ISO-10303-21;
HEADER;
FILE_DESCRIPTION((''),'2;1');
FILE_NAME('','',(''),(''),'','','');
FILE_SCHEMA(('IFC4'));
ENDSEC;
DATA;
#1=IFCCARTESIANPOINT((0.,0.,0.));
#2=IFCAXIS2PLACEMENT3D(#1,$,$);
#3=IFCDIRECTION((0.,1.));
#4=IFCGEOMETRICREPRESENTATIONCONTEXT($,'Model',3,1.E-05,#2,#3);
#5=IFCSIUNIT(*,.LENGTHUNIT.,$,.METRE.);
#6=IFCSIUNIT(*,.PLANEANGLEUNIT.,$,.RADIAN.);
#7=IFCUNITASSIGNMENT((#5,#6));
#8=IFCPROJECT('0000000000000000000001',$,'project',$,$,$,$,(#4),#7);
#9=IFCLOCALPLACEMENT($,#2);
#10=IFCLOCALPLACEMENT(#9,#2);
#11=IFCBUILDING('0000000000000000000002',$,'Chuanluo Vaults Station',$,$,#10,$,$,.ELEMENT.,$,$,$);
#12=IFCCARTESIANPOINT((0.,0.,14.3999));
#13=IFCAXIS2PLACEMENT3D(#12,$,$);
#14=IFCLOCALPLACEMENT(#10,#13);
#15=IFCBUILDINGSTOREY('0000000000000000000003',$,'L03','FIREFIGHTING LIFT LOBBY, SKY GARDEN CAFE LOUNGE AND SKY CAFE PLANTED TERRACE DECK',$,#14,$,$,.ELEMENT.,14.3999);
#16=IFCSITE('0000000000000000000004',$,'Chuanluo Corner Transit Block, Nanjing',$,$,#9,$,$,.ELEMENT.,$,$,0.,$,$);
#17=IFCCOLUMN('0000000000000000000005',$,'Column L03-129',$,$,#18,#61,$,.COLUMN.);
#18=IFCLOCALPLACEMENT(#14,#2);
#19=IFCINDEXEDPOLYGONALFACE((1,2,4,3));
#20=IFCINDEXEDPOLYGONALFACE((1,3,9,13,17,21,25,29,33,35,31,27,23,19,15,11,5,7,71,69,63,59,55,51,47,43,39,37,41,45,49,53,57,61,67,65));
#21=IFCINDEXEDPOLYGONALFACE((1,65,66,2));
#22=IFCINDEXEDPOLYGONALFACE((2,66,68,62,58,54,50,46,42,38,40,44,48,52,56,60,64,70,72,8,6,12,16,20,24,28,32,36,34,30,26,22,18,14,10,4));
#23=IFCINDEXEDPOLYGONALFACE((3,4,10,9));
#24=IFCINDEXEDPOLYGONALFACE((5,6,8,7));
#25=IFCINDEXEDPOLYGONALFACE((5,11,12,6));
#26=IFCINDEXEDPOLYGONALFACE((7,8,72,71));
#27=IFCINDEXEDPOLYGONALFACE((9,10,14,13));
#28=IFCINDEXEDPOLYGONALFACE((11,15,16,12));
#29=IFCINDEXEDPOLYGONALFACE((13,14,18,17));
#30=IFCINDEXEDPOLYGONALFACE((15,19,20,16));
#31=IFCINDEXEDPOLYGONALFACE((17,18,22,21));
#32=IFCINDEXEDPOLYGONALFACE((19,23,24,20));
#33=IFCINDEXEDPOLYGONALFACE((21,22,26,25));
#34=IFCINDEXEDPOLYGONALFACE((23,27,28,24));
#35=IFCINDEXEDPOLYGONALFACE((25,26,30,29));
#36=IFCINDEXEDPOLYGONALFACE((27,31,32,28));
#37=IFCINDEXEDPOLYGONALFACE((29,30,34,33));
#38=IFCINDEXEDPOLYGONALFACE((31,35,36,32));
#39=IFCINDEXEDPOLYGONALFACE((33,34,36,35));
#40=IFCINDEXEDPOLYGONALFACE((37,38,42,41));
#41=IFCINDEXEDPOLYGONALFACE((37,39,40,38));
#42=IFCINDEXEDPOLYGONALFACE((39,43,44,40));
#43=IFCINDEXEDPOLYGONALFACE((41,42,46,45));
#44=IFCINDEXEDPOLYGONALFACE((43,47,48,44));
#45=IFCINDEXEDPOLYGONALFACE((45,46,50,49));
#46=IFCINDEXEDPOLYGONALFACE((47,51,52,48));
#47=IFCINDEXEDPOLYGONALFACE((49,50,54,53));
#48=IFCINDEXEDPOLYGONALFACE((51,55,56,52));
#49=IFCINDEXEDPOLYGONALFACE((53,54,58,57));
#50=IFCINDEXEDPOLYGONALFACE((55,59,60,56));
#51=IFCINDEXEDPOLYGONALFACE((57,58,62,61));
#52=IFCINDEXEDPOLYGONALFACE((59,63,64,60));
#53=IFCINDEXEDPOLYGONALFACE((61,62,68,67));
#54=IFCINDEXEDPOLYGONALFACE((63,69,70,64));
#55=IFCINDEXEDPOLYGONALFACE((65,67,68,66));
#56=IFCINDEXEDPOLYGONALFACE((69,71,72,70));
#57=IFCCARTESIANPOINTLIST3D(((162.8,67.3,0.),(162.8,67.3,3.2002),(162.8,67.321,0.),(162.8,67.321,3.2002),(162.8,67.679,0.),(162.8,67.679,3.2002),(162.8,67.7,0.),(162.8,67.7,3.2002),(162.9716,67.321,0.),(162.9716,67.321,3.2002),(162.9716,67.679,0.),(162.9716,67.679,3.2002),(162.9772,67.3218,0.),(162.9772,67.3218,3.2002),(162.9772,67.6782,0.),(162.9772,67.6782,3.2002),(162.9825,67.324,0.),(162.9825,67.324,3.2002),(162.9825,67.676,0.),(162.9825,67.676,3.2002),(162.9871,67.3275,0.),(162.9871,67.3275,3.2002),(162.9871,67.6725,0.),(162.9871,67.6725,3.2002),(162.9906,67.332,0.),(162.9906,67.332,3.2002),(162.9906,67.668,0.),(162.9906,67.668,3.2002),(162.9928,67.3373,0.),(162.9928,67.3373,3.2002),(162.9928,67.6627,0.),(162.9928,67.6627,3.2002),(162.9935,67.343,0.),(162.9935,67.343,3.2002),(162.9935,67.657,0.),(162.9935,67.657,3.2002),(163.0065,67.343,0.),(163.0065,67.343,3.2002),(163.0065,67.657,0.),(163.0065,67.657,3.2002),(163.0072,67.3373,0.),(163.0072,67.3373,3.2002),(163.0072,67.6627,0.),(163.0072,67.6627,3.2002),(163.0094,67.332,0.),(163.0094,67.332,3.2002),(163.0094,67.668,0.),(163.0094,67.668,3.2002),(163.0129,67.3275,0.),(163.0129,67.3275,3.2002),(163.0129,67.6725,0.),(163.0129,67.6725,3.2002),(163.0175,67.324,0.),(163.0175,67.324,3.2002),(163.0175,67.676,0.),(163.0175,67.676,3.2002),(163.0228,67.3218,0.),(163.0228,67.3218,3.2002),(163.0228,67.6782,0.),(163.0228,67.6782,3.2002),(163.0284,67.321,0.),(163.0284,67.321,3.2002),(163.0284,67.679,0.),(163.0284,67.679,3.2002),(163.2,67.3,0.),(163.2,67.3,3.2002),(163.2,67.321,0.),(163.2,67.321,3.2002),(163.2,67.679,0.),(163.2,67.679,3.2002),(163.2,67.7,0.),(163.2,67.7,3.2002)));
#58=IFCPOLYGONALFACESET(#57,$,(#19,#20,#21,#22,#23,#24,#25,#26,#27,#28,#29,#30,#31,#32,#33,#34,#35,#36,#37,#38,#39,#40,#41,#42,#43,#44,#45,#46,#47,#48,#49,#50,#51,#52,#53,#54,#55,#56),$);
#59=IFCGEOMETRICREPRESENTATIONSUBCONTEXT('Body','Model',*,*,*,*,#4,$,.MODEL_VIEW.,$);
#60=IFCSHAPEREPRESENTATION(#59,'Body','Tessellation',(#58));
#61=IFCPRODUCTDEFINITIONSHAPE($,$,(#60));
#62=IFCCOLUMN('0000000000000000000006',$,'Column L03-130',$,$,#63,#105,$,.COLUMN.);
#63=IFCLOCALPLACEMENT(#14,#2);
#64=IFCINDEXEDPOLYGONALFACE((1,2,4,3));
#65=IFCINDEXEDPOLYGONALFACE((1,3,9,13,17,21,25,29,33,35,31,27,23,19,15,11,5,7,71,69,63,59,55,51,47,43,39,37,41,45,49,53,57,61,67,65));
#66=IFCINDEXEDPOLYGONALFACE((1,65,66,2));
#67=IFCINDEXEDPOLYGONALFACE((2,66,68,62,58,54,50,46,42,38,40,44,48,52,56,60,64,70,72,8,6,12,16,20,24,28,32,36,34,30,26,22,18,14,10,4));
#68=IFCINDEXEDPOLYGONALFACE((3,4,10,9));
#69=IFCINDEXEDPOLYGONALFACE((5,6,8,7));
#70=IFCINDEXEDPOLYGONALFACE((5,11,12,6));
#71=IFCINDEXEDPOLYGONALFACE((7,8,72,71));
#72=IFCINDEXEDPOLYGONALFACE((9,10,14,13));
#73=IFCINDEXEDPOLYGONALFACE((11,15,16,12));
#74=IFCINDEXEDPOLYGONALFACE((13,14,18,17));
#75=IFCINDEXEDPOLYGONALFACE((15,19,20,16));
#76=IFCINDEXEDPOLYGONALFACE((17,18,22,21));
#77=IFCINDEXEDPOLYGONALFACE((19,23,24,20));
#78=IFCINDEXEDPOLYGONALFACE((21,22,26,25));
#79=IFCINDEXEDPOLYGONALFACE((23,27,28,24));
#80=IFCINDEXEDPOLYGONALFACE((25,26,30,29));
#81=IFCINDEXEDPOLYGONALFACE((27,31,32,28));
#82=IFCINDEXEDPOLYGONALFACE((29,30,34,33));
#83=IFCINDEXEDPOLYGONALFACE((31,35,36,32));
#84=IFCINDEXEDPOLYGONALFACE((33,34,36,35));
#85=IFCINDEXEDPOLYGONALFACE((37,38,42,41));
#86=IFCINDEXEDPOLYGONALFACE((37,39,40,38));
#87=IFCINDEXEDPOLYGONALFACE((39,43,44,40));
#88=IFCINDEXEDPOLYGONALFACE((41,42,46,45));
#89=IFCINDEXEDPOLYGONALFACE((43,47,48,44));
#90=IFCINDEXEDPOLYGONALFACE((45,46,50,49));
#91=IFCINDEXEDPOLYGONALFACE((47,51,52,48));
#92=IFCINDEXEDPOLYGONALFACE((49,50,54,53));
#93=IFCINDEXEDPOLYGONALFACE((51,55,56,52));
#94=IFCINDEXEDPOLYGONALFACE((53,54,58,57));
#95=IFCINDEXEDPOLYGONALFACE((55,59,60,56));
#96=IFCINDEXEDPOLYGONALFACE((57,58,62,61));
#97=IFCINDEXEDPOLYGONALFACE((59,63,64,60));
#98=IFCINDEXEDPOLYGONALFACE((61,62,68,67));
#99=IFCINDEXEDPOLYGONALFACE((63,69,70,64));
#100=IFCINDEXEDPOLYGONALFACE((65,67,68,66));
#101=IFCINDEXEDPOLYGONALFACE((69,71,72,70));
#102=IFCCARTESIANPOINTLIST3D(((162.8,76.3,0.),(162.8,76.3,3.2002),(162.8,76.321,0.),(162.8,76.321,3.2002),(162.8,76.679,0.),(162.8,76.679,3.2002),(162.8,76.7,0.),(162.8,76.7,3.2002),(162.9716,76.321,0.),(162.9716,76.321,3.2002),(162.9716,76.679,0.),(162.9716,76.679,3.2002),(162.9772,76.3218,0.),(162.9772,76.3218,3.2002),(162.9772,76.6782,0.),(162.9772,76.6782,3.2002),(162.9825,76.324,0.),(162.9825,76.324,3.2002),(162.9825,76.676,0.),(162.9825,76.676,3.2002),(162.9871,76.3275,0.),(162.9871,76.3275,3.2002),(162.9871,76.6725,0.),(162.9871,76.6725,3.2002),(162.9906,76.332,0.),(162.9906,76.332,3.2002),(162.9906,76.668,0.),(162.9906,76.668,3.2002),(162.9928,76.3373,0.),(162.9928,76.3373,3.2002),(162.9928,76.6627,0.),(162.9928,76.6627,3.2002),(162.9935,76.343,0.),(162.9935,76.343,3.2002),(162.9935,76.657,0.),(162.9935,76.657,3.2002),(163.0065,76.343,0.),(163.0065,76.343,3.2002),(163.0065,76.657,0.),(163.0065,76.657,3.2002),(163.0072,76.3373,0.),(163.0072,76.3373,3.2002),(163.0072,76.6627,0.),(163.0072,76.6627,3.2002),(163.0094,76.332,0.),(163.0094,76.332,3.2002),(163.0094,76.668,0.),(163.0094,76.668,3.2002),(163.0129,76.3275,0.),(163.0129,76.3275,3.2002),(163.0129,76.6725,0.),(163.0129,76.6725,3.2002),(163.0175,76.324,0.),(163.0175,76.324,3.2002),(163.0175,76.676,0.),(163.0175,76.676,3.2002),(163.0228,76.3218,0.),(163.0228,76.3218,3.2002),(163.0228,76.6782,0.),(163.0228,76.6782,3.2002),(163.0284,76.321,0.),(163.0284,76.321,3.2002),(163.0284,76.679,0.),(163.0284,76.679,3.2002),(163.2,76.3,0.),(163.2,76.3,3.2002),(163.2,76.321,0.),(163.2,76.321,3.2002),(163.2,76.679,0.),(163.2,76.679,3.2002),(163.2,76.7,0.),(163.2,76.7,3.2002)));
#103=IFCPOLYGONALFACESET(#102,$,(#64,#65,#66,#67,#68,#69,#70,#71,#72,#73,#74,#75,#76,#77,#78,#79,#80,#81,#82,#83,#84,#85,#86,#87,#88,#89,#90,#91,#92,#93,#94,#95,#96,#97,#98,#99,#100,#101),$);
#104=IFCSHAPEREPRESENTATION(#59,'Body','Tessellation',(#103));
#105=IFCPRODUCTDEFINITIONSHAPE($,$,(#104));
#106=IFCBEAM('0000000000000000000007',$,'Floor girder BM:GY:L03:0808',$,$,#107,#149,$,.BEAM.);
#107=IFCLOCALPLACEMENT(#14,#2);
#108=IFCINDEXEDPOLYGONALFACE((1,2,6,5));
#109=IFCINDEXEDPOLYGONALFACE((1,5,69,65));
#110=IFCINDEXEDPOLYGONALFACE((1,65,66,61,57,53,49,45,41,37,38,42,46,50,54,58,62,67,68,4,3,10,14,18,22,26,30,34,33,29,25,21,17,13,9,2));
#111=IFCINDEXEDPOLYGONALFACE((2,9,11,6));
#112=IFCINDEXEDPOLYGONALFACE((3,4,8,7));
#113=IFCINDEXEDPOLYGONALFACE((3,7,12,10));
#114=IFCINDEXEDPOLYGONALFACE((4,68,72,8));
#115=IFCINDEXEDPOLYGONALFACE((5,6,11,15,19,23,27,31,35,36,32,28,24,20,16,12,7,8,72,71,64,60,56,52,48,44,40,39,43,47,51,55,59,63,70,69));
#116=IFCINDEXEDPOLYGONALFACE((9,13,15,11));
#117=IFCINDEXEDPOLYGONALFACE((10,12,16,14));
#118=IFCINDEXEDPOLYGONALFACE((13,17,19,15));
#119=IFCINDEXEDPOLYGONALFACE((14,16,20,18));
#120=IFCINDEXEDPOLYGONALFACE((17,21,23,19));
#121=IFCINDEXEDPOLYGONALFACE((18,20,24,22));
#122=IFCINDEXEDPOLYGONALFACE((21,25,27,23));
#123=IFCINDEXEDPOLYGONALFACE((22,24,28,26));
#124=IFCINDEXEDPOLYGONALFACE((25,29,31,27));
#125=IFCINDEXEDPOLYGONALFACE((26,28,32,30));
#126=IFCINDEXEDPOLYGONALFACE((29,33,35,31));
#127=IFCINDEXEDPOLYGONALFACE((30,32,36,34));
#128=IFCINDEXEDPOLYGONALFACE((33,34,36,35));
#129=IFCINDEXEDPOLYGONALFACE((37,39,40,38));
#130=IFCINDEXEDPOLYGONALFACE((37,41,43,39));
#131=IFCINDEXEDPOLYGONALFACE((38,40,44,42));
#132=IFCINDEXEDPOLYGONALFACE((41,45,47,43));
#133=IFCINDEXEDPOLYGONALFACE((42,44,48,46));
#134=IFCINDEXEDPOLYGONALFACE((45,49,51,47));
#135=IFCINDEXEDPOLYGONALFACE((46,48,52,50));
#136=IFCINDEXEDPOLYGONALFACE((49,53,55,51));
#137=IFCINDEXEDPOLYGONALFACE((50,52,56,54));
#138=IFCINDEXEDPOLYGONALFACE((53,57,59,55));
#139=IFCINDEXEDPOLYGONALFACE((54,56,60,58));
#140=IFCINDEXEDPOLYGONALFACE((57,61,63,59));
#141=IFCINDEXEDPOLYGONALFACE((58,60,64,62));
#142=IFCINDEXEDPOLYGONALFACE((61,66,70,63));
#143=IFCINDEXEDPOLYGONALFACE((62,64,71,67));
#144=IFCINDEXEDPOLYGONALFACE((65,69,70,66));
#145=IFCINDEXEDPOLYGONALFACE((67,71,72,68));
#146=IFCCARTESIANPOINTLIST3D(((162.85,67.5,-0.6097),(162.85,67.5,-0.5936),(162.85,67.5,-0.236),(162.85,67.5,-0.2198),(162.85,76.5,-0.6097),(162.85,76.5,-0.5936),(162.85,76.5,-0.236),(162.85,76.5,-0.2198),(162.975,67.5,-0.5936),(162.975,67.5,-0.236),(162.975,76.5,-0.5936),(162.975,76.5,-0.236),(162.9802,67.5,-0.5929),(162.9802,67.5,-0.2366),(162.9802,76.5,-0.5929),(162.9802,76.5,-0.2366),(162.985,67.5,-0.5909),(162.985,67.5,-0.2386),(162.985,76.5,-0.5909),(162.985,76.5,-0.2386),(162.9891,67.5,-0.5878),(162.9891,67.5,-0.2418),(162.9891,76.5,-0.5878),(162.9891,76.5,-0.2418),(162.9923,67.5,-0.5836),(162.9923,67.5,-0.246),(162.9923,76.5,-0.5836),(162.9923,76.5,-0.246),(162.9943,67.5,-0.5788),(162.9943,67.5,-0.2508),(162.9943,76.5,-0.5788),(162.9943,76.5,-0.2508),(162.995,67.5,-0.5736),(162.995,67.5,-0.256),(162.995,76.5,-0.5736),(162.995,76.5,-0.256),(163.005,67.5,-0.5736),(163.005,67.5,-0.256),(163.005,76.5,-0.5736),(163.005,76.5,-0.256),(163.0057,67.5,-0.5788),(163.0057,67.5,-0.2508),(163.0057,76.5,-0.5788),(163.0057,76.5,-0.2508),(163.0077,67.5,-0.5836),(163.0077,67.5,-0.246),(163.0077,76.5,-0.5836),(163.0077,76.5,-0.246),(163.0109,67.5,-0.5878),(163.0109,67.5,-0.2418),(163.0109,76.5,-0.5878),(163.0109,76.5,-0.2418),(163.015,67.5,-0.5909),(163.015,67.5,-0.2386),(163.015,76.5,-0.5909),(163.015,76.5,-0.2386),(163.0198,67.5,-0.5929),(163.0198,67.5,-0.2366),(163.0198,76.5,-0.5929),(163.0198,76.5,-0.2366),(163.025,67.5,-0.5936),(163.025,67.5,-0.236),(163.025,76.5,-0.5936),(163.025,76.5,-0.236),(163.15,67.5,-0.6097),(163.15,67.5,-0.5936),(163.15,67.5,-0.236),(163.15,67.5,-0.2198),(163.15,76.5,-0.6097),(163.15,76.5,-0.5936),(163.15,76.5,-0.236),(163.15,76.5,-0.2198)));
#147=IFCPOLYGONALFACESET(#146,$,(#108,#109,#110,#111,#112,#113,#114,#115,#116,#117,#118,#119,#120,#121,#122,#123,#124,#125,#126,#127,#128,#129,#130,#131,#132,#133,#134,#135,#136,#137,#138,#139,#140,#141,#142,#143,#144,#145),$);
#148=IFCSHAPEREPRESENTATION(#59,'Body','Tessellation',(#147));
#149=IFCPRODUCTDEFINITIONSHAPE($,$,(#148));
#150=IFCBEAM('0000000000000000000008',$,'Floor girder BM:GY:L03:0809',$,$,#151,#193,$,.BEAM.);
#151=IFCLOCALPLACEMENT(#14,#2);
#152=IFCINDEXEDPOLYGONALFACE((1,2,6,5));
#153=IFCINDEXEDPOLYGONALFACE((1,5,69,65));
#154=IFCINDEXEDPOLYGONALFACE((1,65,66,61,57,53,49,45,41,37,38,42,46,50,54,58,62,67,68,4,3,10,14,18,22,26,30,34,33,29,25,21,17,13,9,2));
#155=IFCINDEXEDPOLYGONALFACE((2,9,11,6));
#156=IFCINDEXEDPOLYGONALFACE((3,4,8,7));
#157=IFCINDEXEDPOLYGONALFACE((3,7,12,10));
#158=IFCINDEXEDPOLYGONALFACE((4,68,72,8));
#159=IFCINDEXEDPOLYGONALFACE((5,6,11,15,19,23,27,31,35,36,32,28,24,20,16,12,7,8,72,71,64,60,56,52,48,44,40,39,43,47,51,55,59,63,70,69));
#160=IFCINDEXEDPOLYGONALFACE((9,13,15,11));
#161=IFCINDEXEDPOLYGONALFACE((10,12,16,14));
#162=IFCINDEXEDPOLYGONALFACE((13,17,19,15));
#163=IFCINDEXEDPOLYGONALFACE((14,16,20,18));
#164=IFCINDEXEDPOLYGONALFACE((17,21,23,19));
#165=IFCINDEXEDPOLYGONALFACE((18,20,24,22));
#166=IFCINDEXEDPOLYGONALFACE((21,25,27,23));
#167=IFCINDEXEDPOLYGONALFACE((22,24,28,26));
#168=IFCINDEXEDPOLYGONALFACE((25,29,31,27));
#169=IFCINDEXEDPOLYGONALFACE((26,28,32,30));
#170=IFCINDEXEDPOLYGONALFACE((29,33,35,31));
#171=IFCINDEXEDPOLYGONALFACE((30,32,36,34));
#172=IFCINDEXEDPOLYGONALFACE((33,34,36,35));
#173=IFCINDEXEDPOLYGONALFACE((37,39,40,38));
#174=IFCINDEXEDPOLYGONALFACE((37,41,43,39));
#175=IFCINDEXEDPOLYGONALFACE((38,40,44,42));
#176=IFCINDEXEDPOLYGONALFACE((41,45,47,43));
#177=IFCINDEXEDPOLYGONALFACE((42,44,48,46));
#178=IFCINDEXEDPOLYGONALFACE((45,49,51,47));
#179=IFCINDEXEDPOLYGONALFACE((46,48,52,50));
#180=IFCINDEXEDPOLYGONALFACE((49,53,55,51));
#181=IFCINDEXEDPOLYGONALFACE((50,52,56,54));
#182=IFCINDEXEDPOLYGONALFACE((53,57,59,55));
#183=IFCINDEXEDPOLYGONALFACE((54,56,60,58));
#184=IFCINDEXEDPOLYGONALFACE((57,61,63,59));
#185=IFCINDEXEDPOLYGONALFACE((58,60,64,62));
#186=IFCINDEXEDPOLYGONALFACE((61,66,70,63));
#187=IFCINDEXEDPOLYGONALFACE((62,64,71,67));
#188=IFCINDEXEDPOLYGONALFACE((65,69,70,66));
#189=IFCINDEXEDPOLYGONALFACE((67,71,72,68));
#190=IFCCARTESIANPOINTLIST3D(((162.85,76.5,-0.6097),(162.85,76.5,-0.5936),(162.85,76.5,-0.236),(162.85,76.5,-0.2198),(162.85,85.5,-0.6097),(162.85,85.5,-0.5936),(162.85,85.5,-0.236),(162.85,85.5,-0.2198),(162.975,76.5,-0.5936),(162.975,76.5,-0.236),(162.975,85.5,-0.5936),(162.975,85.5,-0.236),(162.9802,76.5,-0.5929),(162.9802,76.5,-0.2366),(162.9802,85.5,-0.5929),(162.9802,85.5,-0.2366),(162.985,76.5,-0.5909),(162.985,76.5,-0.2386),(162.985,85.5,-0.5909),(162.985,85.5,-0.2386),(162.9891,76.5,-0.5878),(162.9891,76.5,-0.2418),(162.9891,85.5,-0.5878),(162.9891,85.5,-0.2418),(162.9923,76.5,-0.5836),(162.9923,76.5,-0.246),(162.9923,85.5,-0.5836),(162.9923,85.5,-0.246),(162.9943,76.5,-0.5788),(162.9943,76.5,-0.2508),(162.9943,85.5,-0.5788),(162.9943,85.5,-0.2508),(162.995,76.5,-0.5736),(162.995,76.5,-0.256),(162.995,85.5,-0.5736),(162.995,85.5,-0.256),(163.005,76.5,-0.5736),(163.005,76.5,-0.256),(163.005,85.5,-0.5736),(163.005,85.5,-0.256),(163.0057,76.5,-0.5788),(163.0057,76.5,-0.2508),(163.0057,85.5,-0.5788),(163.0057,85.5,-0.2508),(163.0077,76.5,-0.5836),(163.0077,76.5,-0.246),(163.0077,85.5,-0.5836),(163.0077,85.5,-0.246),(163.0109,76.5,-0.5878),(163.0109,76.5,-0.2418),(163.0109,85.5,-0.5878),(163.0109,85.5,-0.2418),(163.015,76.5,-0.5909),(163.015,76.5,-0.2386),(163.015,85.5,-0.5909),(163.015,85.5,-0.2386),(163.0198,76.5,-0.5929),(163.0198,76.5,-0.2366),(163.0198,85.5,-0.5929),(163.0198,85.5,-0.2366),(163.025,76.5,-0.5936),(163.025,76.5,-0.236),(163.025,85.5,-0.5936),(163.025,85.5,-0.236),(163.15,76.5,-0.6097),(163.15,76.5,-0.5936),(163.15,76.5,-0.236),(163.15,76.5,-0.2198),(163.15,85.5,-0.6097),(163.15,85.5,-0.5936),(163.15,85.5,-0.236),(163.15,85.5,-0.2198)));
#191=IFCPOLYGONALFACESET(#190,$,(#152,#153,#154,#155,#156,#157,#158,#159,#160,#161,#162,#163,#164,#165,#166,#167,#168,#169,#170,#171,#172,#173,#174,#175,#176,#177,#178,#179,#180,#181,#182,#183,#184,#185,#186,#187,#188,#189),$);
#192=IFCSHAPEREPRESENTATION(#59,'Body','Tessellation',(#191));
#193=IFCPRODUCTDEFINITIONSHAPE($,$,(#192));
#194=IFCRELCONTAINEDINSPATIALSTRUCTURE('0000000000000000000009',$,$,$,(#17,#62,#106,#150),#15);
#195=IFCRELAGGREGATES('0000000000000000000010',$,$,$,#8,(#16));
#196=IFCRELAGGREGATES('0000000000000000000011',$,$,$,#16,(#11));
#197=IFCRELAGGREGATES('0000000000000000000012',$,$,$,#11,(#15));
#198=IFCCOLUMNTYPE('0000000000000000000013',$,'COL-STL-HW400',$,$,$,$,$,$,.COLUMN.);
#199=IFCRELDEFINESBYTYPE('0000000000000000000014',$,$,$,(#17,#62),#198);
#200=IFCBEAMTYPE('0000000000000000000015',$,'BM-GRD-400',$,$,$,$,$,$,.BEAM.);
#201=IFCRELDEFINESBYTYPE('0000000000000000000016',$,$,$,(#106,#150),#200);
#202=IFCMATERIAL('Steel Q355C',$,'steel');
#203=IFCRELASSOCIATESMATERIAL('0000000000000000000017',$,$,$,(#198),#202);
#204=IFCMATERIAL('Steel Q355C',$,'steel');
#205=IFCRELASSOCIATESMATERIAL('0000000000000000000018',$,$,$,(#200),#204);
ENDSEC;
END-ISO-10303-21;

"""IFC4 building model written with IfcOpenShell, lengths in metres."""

from ifc_helpers import new_model, si_unit, direction, frame, origin, origin_2d, place, context, subcontext, project, spatial, i_section, extrude, material, material_profile, profile_set, type_object, element, save


model = new_model("IFC4")

# Units and contexts
model_context = context("Model", 3, precision=1e-05, world=origin(), true_north=direction((0.0, 1.0)))
body_context = subcontext(model_context, "Body", "Model", "MODEL_VIEW")
ifc_project = project(units=[si_unit("LENGTHUNIT", "METRE"), si_unit("PLANEANGLEUNIT", "RADIAN")], contexts=[model_context])

# Site, building, storey
site_placement = place(None, origin())
site = spatial("IfcSite", under=ifc_project, at=site_placement, Name="Chuanluo Corner Transit Block, Nanjing", CompositionType="ELEMENT", RefElevation=0.0)
building_placement = place(site_placement, origin())
building = spatial("IfcBuilding", under=site, at=building_placement, Name="Chuanluo Vaults Station", CompositionType="ELEMENT")
storey_placement = place(building_placement, frame((0.0, 0.0, 14.3999)))
storey = spatial("IfcBuildingStorey", under=building, at=storey_placement, Name="L03", Description="FIREFIGHTING LIFT LOBBY, SKY GARDEN CAFE LOUNGE AND SKY CAFE PLANTED TERRACE DECK", CompositionType="ELEMENT", Elevation=14.3999)

# Columns
ifc_material_1 = material(Name="Steel Q355C", Category="steel")
ifc_material_profile_1 = material_profile(ifc_material_1, i_section(OverallWidth=0.3999, OverallDepth=0.3999, WebThickness=0.0129, FlangeThickness=0.021, FilletRadius=0.022, at=origin_2d()))
ifc_profile_set_1 = profile_set([ifc_material_profile_1], Name="Steel Q355C")
column_type = type_object("IfcColumnType", Name="COL-STL-HW400", PredefinedType="COLUMN", material=ifc_profile_set_1)
for number, where, z_axis, x_axis, name in (
    (1, (163.0, 67.5, 0.0), (0.0, 0.0, 1.0), (1.0, 0.0, 0.0), "Column L03-129"),
    (2, (163.0, 76.5, 0.0), (0.0, 0.0, 1.0), (1.0, 0.0, 0.0), "Column L03-130"),
):
    element("IfcColumn", number, at=place(storey_placement, frame(where, z_axis=z_axis, x_axis=x_axis)), inside=storey, type_object=column_type, Name=name, PredefinedType="COLUMN", context=body_context, shape_type="SweptSolid", body=[
        extrude(i_section(OverallWidth=0.3999, OverallDepth=0.3999, WebThickness=0.0129, FlangeThickness=0.021, FilletRadius=0.022, at=origin_2d()), origin(), (0.0, 0.0, 1.0), 3.2002),
    ])

# Beams
ifc_material_2 = material(Name="Steel Q355C", Category="steel")
ifc_material_profile_2 = material_profile(ifc_material_2, i_section(OverallWidth=0.3, OverallDepth=0.3899, WebThickness=0.01, FlangeThickness=0.0161, FilletRadius=0.02, at=origin_2d()))
ifc_profile_set_2 = profile_set([ifc_material_profile_2], Name="Steel Q355C")
beam_type_1 = type_object("IfcBeamType", Name="BM-GRD-400", PredefinedType="BEAM", material=ifc_profile_set_2)
for number, where, z_axis, x_axis, name in (
    (3, (163.0, 67.5, -0.4148), (0.0, 1.0, 0.0), (-1.0, 0.0, 0.0), "Floor girder BM:GY:L03:0808"),
    (4, (163.0, 76.5, -0.4148), (0.0, 1.0, 0.0), (-1.0, 0.0, 0.0), "Floor girder BM:GY:L03:0809"),
):
    element("IfcBeam", number, at=place(storey_placement, frame(where, z_axis=z_axis, x_axis=x_axis)), inside=storey, type_object=beam_type_1, Name=name, PredefinedType="BEAM", context=body_context, shape_type="SweptSolid", body=[
        extrude(i_section(OverallWidth=0.3, OverallDepth=0.3899, WebThickness=0.01, FlangeThickness=0.0161, FilletRadius=0.02, at=origin_2d()), origin(), (0.0, 0.0, 1.0), 9.0),
    ])

save(model, "model.ifc")
